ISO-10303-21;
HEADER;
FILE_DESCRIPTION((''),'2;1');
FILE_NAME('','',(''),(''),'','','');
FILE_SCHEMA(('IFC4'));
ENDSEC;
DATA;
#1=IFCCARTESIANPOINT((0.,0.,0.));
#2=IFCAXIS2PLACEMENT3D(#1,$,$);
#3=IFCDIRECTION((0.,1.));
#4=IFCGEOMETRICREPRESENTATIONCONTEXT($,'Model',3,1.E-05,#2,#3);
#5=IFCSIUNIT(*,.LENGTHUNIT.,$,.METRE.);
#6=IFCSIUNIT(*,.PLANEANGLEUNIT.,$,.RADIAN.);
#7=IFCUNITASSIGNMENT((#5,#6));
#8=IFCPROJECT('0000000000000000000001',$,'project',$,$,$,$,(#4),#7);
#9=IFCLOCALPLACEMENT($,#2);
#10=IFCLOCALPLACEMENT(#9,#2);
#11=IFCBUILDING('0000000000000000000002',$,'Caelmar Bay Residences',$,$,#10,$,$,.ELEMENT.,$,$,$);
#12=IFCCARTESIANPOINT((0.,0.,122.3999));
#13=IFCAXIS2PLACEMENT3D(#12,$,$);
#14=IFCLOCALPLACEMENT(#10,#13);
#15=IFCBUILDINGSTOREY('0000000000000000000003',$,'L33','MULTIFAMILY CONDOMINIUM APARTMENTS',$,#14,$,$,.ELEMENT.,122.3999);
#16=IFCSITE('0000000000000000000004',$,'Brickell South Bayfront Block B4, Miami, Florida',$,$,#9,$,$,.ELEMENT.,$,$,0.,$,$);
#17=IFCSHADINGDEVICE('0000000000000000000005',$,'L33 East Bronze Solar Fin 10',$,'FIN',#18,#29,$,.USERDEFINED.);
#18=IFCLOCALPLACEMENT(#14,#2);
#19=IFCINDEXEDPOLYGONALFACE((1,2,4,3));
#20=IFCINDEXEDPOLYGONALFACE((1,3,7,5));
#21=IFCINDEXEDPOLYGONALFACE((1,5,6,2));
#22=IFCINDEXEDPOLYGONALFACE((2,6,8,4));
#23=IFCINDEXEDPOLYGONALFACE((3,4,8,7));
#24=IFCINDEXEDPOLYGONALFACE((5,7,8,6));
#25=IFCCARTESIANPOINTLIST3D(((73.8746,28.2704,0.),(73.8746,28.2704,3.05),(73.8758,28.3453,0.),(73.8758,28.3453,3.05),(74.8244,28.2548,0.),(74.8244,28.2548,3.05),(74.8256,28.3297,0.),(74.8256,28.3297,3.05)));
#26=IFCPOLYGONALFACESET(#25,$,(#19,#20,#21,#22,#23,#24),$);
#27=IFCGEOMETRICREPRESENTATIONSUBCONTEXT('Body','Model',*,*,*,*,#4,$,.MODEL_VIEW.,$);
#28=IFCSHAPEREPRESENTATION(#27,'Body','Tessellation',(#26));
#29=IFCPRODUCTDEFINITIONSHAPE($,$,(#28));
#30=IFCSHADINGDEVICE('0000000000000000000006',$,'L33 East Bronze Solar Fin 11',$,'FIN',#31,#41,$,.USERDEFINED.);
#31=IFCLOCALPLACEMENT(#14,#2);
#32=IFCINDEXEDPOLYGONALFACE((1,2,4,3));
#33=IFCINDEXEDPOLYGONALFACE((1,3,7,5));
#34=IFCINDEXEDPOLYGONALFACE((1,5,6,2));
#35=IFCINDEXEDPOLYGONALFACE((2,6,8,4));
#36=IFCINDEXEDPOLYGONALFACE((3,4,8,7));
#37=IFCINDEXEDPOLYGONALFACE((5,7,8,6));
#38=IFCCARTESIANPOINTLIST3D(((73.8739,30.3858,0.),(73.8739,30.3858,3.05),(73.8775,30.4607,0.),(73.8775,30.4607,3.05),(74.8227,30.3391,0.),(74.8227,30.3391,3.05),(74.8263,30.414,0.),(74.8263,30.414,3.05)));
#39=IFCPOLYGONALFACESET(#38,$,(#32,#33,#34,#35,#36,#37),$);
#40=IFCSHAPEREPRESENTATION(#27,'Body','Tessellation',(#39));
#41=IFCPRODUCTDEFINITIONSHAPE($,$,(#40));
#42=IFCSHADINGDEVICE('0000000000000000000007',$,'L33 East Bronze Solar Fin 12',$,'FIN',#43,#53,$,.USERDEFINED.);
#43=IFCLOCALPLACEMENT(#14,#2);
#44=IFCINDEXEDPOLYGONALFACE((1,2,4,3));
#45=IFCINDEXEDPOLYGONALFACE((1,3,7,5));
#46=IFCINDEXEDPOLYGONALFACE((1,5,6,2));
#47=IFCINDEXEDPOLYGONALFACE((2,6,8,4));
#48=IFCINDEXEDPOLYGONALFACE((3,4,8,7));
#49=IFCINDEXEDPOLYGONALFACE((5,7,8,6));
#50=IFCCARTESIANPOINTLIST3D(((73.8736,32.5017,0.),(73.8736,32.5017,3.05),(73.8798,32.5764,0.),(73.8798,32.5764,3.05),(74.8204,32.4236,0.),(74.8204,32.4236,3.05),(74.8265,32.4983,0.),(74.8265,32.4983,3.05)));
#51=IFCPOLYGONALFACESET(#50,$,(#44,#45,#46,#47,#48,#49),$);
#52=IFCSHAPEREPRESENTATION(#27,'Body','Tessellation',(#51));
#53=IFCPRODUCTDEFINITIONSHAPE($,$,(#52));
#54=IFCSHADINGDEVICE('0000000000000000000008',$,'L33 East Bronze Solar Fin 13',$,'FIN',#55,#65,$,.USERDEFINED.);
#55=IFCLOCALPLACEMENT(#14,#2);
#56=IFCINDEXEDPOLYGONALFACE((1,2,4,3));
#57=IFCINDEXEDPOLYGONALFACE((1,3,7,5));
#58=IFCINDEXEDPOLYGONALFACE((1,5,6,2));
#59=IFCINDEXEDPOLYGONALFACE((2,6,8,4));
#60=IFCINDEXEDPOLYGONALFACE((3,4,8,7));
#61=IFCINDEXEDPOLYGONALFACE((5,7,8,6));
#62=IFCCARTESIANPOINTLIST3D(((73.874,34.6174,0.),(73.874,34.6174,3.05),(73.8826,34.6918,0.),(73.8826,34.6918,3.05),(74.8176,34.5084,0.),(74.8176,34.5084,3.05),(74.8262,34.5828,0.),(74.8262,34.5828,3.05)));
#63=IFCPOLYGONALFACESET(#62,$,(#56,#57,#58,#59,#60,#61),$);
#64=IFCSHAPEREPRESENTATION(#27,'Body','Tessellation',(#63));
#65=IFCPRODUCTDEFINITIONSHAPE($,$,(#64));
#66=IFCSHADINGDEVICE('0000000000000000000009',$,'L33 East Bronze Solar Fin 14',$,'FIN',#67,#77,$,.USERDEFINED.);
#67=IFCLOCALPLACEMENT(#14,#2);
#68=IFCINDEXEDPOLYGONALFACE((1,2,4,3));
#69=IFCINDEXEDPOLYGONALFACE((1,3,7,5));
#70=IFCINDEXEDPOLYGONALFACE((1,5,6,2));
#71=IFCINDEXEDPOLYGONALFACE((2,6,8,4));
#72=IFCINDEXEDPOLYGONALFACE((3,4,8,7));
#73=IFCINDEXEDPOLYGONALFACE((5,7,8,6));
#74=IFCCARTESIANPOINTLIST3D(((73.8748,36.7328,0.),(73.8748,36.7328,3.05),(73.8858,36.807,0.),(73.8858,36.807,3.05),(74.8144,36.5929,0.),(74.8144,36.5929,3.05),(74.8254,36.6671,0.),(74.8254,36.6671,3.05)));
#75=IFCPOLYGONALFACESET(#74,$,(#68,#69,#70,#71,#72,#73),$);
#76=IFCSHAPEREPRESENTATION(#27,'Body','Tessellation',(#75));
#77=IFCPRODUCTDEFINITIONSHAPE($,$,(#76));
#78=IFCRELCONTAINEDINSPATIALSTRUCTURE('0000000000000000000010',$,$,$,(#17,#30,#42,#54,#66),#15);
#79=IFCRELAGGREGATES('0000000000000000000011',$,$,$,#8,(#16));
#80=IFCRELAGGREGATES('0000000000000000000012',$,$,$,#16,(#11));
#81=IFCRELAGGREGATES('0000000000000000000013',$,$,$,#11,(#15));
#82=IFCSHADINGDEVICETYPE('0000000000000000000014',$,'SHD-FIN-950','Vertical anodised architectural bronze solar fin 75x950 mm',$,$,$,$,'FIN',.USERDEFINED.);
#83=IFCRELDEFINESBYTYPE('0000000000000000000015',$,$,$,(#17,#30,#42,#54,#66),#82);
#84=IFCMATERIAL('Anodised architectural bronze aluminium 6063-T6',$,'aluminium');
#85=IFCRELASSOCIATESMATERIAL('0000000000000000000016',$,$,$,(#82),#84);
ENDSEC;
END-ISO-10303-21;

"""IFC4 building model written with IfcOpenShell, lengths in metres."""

from ifc_helpers import new_model, si_unit, direction, frame, origin, origin_2d, place, context, subcontext, project, spatial, rectangle, extrude, material, material_profile, profile_set, type_object, element, save


model = new_model("IFC4")

# Units and contexts
model_context = context("Model", 3, precision=1e-05, world=origin(), true_north=direction((0.0, 1.0)))
body_context = subcontext(model_context, "Body", "Model", "MODEL_VIEW")
ifc_project = project(units=[si_unit("LENGTHUNIT", "METRE"), si_unit("PLANEANGLEUNIT", "RADIAN")], contexts=[model_context])

# Site, building, storey
site_placement = place(None, origin())
site = spatial("IfcSite", under=ifc_project, at=site_placement, Name="Brickell South Bayfront Block B4, Miami, Florida", CompositionType="ELEMENT", RefElevation=0.0)
building_placement = place(site_placement, origin())
building = spatial("IfcBuilding", under=site, at=building_placement, Name="Caelmar Bay Residences", CompositionType="ELEMENT")
storey_placement = place(building_placement, frame((0.0, 0.0, 122.3999)))
storey = spatial("IfcBuildingStorey", under=building, at=storey_placement, Name="L33", Description="MULTIFAMILY CONDOMINIUM APARTMENTS", CompositionType="ELEMENT", Elevation=122.3999)

# Shading devices
ifc_material_1 = material(Name="Anodised architectural bronze aluminium 6063-T6", Category="aluminium")
ifc_material_profile_1 = material_profile(ifc_material_1, rectangle(XDim=0.075, YDim=0.95, at=origin_2d()), Name="BRONZE-FIN-75X950")
ifc_profile_set_1 = profile_set([ifc_material_profile_1], Name="Anodised architectural bronze aluminium 6063-T6")
shading_device_type = type_object("IfcShadingDeviceType", Name="SHD-FIN-950", Description="Vertical anodised architectural bronze solar fin 75x950 mm", ElementType="FIN", PredefinedType="USERDEFINED", material=ifc_profile_set_1)
for number, where, z_axis, x_axis, name in (
    (1, (74.3501, 28.3, 0.0), (0.0, 0.0, 1.0), (0.016405, 0.999865, 0.0), "L33 East Bronze Solar Fin 10"),
    (2, (74.3501, 30.3999, 0.0), (0.0, 0.0, 1.0), (0.049198, 0.998789, 0.0), "L33 East Bronze Solar Fin 11"),
    (3, (74.3501, 32.5, 0.0), (0.0, 0.0, 1.0), (0.082112, 0.996623, 0.0), "L33 East Bronze Solar Fin 12"),
    (4, (74.3501, 34.6001, 0.0), (0.0, 0.0, 1.0), (0.114764, 0.993393, 0.0), "L33 East Bronze Solar Fin 13"),
    (5, (74.3501, 36.7, 0.0), (0.0, 0.0, 1.0), (0.147292, 0.989093, 0.0), "L33 East Bronze Solar Fin 14"),
):
    element("IfcShadingDevice", number, at=place(storey_placement, frame(where, z_axis=z_axis, x_axis=x_axis)), inside=storey, type_object=shading_device_type, Name=name, ObjectType="FIN", PredefinedType="USERDEFINED", context=body_context, shape_type="SweptSolid", body=[
        extrude(rectangle(XDim=0.075, YDim=0.95, at=origin_2d()), origin(), (0.0, 0.0, 1.0), 3.05),
    ])

save(model, "model.ifc")
